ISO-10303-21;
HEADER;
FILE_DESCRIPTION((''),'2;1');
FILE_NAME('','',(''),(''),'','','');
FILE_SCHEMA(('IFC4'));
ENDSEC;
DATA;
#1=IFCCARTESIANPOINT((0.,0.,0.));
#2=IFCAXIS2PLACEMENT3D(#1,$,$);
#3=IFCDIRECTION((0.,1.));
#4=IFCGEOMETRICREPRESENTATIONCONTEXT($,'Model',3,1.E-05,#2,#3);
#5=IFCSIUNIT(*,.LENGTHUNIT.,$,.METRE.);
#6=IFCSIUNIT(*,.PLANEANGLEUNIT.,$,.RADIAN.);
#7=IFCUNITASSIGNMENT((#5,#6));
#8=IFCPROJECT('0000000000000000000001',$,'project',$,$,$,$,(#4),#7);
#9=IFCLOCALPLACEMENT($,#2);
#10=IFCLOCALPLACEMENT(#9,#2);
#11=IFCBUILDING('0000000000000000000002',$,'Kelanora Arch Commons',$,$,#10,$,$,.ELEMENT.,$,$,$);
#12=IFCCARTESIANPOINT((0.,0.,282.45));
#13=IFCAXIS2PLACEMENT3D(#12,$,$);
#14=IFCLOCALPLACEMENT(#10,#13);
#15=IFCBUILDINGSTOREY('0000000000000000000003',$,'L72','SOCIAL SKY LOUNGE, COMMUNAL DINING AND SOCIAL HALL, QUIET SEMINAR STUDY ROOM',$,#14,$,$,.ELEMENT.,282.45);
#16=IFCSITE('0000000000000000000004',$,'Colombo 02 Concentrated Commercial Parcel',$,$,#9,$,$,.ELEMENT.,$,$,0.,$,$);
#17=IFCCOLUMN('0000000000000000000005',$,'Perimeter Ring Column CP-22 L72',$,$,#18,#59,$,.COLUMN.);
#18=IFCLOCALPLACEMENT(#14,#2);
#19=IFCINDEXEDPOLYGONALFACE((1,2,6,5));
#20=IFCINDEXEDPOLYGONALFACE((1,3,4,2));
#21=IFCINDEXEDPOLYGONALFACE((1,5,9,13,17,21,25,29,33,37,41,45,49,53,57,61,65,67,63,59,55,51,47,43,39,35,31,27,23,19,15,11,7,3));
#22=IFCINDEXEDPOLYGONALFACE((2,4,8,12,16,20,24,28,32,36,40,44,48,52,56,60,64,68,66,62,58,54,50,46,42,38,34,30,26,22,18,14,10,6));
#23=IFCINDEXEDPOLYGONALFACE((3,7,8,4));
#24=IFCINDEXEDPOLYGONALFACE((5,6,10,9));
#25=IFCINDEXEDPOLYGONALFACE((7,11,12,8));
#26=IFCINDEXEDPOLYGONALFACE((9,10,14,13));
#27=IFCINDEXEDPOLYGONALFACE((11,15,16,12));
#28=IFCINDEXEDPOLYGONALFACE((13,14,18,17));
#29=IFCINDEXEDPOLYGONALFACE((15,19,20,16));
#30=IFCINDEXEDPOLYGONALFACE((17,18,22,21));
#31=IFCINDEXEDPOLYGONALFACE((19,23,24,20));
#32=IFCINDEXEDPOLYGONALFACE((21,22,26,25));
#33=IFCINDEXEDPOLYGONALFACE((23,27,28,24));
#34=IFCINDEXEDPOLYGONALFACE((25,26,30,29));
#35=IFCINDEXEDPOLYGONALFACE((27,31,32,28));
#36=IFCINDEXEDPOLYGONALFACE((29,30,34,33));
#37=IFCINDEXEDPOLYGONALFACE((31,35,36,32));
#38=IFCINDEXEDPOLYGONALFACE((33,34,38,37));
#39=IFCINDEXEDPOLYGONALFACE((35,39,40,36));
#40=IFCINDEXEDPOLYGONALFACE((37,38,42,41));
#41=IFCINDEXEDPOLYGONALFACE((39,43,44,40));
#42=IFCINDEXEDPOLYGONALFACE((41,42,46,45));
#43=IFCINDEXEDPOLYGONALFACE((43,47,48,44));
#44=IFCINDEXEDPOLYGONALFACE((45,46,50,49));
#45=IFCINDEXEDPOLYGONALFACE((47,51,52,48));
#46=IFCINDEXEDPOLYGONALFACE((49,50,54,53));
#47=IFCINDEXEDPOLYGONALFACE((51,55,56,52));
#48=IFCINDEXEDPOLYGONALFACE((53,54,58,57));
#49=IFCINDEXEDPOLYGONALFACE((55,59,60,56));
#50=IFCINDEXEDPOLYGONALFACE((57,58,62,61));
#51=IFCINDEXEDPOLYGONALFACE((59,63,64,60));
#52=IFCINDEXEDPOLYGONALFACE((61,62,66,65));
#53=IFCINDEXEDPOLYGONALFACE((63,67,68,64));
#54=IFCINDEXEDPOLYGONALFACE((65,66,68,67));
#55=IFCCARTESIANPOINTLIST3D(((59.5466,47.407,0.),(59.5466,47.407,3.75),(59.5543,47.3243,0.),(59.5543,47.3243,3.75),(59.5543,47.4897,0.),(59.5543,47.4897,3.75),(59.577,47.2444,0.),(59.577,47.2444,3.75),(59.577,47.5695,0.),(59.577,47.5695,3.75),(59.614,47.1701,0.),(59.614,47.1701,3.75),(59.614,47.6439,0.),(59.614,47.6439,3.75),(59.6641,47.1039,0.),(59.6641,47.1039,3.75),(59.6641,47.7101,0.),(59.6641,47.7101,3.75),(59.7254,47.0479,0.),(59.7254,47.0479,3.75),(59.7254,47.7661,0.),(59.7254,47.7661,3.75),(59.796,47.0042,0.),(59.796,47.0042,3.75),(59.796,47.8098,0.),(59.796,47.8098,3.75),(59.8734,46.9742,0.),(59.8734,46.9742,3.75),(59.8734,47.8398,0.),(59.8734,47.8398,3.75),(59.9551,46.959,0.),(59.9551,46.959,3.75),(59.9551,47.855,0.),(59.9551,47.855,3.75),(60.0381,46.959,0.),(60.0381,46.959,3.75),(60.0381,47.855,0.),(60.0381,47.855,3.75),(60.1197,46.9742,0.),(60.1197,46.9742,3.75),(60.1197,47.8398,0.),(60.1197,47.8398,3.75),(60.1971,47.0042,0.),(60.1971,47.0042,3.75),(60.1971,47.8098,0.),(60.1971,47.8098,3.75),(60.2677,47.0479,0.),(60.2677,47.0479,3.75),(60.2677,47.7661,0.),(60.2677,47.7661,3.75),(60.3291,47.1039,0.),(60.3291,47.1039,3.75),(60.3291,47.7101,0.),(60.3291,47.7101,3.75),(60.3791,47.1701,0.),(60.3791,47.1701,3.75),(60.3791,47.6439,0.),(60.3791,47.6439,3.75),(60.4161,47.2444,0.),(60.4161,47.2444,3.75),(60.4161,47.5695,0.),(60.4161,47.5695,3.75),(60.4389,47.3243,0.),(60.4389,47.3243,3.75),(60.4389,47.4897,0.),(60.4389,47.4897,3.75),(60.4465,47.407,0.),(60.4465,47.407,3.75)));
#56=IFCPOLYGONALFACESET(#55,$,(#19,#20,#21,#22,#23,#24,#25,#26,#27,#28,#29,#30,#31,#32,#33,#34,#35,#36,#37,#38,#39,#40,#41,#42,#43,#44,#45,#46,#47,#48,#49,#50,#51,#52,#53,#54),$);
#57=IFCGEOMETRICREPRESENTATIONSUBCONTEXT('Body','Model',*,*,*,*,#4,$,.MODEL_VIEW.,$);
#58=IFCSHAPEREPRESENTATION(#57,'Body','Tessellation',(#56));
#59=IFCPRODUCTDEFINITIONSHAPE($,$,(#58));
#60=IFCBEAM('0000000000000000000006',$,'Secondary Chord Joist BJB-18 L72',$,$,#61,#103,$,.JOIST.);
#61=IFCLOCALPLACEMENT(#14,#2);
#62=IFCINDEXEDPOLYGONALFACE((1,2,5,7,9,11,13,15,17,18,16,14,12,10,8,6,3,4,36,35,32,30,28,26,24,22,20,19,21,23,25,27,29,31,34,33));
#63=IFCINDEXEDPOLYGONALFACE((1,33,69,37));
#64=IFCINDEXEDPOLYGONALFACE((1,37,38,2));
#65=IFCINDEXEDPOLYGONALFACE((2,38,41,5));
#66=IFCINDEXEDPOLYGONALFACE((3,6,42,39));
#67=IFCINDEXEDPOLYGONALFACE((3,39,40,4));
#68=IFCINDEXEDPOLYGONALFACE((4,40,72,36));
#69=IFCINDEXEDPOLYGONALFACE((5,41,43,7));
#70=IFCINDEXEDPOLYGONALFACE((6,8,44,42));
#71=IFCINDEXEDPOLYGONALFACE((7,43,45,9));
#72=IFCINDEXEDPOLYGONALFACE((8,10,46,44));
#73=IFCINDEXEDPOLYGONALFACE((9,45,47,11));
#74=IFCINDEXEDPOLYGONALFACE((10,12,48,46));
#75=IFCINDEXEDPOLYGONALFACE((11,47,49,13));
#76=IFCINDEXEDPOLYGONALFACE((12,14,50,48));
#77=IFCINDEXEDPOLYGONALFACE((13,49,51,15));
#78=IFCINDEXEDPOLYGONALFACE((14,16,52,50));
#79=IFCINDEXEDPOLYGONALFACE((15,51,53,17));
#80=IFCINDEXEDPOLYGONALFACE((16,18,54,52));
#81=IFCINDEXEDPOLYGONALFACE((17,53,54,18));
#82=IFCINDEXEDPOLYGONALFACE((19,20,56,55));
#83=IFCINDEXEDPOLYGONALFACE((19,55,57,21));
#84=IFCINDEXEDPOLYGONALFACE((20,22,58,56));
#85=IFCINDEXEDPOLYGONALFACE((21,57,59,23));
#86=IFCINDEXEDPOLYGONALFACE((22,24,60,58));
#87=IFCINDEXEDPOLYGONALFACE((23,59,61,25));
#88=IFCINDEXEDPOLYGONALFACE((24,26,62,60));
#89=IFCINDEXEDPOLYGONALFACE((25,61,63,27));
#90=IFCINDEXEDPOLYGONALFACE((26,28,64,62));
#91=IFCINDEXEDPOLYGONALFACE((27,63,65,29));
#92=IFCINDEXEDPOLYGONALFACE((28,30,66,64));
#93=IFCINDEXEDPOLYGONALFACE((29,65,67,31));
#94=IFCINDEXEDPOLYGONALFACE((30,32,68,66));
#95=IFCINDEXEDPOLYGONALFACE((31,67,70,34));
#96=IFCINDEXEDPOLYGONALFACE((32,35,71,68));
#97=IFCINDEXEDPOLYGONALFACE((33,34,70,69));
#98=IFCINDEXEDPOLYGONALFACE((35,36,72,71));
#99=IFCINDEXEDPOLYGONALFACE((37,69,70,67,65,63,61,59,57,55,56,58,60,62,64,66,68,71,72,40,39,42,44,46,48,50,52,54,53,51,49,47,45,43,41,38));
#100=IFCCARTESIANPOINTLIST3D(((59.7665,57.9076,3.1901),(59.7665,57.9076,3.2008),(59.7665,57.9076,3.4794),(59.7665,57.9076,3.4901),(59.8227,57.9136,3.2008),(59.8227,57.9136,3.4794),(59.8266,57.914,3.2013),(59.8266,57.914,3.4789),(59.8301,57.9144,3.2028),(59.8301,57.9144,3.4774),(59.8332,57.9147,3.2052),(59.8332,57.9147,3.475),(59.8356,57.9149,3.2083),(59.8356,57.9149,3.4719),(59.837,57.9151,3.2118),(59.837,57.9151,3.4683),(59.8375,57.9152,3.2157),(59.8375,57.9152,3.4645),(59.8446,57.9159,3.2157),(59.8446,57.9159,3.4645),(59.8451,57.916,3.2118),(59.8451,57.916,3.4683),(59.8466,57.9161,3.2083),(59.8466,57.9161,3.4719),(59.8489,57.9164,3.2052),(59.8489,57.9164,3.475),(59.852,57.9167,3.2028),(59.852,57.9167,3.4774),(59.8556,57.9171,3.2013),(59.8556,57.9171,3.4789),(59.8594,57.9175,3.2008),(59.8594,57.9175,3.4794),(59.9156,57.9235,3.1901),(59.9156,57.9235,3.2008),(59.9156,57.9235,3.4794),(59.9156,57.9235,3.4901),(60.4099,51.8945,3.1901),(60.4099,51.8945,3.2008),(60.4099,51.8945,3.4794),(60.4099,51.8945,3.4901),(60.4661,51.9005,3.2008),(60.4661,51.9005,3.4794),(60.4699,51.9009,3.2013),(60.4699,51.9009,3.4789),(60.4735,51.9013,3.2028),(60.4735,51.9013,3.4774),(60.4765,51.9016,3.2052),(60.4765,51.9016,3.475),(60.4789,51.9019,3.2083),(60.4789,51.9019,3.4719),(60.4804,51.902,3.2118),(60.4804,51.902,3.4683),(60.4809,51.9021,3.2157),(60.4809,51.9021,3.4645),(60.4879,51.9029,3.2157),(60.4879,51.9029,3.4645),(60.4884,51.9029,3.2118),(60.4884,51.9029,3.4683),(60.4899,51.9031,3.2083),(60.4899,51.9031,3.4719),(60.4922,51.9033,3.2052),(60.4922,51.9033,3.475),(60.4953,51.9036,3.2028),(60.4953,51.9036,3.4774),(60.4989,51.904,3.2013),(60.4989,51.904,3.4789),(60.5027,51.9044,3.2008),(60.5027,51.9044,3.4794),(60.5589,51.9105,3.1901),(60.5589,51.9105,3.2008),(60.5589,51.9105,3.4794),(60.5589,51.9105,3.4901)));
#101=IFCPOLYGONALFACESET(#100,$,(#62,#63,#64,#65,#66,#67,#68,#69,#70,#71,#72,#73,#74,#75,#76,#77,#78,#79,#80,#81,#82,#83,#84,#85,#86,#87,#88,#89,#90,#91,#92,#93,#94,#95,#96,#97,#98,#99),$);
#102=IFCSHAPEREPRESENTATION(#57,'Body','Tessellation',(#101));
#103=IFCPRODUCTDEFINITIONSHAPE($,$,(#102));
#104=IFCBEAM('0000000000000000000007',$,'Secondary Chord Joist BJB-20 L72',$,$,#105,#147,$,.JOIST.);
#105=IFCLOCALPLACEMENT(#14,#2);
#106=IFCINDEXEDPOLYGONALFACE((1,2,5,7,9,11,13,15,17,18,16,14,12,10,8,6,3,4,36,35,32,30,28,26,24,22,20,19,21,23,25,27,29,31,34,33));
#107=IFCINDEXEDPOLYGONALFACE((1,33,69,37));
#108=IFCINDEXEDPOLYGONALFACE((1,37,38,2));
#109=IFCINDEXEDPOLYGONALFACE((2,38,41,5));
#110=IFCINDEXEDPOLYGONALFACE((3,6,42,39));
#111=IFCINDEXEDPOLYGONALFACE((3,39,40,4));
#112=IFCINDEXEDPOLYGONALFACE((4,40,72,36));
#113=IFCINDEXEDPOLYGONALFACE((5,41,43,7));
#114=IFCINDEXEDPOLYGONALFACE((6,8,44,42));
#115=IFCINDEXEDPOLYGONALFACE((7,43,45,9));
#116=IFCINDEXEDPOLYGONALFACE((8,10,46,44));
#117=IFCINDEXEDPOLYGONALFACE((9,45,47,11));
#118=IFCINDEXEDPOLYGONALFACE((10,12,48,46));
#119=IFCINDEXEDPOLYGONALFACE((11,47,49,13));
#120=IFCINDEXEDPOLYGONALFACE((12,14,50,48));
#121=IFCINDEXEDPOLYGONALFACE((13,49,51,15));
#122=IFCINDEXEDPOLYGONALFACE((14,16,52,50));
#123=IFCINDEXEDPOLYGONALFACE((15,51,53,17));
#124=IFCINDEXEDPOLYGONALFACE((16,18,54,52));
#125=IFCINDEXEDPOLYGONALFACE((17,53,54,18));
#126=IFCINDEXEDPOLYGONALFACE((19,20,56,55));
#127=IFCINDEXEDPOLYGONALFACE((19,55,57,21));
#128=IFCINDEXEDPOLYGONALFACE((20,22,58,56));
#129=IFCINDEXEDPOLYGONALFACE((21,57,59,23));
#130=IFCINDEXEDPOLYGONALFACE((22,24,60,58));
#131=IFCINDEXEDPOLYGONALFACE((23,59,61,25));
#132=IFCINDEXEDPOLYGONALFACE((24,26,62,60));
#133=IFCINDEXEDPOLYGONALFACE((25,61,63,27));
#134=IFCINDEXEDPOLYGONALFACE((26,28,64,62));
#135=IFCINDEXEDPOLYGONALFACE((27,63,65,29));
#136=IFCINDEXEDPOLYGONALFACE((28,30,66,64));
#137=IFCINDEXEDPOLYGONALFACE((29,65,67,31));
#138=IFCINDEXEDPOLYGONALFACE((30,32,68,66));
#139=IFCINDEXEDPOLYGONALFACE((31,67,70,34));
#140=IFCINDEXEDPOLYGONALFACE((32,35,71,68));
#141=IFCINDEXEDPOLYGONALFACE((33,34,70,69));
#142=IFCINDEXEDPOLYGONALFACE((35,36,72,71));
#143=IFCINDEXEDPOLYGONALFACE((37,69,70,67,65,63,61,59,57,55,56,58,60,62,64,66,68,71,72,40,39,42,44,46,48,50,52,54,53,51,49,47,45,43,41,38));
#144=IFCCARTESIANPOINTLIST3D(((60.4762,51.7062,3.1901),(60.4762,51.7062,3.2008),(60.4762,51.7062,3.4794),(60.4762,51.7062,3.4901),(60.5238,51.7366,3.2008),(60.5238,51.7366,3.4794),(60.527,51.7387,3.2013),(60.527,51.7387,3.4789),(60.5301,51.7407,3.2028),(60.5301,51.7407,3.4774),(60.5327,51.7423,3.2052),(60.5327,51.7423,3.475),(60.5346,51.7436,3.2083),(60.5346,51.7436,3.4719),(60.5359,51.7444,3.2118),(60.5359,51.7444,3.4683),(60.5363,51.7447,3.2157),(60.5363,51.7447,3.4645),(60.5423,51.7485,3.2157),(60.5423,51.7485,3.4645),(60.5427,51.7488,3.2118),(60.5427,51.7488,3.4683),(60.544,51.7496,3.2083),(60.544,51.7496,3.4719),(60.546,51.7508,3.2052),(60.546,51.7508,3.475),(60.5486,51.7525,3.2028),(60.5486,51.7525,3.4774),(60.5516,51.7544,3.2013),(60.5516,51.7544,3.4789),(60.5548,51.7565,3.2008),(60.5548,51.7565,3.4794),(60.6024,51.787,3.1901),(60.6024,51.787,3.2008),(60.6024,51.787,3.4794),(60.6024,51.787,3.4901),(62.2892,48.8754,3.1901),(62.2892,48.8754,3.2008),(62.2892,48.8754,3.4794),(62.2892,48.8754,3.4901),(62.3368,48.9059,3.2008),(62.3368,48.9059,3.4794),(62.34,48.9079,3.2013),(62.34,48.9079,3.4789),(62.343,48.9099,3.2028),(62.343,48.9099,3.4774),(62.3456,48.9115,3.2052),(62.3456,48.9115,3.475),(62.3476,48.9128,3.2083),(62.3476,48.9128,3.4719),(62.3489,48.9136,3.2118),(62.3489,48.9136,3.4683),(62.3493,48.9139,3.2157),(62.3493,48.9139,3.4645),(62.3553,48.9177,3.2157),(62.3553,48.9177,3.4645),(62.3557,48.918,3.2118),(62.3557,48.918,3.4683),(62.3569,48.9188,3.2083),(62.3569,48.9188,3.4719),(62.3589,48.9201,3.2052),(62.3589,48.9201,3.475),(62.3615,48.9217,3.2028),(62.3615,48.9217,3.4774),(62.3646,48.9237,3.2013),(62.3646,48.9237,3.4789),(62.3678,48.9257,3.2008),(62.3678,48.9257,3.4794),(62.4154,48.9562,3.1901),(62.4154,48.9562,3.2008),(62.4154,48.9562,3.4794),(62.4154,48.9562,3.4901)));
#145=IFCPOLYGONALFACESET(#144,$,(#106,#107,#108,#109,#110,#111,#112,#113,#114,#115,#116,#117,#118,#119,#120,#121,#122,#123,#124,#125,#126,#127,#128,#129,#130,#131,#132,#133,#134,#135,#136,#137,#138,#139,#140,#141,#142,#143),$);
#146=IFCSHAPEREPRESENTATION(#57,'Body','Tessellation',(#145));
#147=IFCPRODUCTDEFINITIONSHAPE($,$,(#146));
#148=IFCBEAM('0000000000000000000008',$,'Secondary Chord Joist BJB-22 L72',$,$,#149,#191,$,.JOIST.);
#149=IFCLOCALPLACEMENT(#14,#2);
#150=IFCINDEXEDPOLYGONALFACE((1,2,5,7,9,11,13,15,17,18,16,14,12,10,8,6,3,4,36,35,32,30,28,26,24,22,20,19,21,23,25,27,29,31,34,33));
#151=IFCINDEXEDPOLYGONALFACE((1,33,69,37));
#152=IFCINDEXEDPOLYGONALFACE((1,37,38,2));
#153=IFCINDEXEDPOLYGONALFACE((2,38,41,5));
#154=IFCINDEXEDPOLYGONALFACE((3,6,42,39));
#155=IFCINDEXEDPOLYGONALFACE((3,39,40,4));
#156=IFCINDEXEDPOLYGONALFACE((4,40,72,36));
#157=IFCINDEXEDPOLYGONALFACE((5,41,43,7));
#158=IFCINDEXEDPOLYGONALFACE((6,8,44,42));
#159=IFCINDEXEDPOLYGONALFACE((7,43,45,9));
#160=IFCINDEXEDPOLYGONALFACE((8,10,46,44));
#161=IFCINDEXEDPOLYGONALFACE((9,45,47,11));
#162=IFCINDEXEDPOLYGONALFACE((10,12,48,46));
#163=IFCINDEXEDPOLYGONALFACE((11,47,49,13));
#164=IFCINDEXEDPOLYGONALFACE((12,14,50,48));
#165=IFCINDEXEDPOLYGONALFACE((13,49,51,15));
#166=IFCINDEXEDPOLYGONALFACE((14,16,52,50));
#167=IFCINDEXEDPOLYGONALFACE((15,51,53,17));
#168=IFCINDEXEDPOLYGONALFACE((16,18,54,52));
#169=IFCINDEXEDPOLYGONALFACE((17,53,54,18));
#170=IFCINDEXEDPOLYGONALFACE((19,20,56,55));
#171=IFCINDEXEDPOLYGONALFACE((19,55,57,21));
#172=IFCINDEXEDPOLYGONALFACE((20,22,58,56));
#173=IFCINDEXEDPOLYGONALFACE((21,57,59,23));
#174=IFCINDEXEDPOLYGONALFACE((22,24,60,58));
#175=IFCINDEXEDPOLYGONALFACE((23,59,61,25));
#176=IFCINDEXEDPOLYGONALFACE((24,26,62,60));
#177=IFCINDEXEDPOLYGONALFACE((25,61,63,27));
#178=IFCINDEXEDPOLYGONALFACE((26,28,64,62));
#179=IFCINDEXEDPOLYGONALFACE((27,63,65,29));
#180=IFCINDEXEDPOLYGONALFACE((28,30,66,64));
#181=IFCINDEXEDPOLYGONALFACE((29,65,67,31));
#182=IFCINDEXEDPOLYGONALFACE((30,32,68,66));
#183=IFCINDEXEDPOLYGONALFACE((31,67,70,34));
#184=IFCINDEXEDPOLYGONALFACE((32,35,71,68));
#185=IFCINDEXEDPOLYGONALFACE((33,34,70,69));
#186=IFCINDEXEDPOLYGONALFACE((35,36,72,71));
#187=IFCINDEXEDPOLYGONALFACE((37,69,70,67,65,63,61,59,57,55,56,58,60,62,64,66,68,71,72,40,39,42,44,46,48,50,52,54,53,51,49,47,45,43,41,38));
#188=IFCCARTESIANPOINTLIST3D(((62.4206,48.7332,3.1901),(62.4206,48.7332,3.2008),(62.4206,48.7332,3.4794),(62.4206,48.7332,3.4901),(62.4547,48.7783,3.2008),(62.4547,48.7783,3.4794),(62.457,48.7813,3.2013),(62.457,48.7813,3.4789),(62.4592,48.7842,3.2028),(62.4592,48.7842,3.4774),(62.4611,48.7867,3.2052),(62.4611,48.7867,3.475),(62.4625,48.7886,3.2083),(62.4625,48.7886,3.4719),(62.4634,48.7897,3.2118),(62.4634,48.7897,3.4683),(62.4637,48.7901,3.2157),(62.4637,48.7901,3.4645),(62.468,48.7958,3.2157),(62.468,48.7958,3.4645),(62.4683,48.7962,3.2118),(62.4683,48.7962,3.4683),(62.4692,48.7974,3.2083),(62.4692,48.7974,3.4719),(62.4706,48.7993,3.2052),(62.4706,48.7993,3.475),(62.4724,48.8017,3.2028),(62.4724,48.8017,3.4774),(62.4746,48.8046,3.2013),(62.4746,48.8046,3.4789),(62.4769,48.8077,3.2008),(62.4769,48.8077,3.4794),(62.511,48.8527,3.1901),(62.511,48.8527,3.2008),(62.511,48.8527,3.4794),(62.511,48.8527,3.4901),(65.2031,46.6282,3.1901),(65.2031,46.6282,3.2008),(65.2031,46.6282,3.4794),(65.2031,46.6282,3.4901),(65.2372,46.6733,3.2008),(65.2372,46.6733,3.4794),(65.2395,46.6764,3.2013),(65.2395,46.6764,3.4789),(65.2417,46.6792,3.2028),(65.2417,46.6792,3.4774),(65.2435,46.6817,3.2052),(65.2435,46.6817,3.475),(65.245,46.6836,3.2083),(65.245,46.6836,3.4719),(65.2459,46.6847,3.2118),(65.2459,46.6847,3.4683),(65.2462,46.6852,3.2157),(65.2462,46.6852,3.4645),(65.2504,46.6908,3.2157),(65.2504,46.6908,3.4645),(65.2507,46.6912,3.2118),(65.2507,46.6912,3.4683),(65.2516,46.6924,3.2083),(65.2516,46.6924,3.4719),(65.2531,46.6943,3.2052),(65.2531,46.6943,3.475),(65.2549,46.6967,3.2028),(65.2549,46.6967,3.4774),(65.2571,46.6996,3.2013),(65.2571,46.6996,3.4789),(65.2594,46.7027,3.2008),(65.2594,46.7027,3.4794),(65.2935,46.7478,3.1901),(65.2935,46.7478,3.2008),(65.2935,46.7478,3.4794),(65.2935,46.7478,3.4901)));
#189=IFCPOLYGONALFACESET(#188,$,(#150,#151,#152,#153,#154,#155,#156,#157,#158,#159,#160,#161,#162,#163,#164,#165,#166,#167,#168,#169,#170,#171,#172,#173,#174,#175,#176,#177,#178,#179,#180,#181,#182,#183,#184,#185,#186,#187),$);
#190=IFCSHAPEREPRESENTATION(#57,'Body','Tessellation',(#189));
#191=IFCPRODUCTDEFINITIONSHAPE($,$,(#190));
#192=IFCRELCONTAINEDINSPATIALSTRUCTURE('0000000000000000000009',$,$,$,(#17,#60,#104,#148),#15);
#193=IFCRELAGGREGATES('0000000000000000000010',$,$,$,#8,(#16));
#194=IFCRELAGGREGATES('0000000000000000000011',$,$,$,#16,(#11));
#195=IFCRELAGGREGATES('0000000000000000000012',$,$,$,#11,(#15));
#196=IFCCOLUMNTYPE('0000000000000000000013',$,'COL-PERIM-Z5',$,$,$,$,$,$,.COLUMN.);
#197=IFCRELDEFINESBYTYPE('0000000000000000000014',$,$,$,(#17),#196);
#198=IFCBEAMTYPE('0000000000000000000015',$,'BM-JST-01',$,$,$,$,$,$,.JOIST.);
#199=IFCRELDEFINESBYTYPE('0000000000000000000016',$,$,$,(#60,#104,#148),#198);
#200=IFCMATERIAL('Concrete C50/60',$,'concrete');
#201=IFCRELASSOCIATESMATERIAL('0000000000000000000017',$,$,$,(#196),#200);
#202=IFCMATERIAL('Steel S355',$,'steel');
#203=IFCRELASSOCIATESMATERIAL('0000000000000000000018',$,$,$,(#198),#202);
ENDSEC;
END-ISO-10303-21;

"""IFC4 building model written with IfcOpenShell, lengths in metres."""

from ifc_helpers import new_model, si_unit, direction, frame, origin, origin_2d, place, context, subcontext, project, spatial, circle, i_section, extrude, material, material_profile, profile_set, type_object, element, save


model = new_model("IFC4")

# Units and contexts
model_context = context("Model", 3, precision=1e-05, world=origin(), true_north=direction((0.0, 1.0)))
body_context = subcontext(model_context, "Body", "Model", "MODEL_VIEW")
ifc_project = project(units=[si_unit("LENGTHUNIT", "METRE"), si_unit("PLANEANGLEUNIT", "RADIAN")], contexts=[model_context])

# Site, building, storey
site_placement = place(None, origin())
site = spatial("IfcSite", under=ifc_project, at=site_placement, Name="Colombo 02 Concentrated Commercial Parcel", CompositionType="ELEMENT", RefElevation=0.0)
building_placement = place(site_placement, origin())
building = spatial("IfcBuilding", under=site, at=building_placement, Name="Kelanora Arch Commons", CompositionType="ELEMENT")
storey_placement = place(building_placement, frame((0.0, 0.0, 282.45)))
storey = spatial("IfcBuildingStorey", under=building, at=storey_placement, Name="L72", Description="SOCIAL SKY LOUNGE, COMMUNAL DINING AND SOCIAL HALL, QUIET SEMINAR STUDY ROOM", CompositionType="ELEMENT", Elevation=282.45)

# Column
ifc_material_1 = material(Name="Concrete C50/60", Category="concrete")
ifc_material_profile_1 = material_profile(ifc_material_1, circle(Radius=0.45, at=origin_2d()), Name="RCC900")
ifc_profile_set_1 = profile_set([ifc_material_profile_1], Name="Concrete C50/60")
column_type = type_object("IfcColumnType", Name="COL-PERIM-Z5", PredefinedType="COLUMN", material=ifc_profile_set_1)
column_placement = place(storey_placement, frame((59.9966, 47.407, 0.0), z_axis=(0.0, 0.0, 1.0), x_axis=(1.0, 0.0, 0.0)))
element("IfcColumn", 1, at=column_placement, inside=storey, type_object=column_type, Name="Perimeter Ring Column CP-22 L72", PredefinedType="COLUMN", context=body_context, shape_type="SweptSolid", body=[
    extrude(circle(Radius=0.45, at=origin_2d()), origin(), (0.0, 0.0, 1.0), 3.75),
])

# Beams
ifc_material_2 = material(Name="Steel S355", Category="steel")
ifc_material_profile_2 = material_profile(ifc_material_2, i_section(OverallWidth=0.1499, OverallDepth=0.3, WebThickness=0.0071, FlangeThickness=0.0107, FilletRadius=0.0149, at=origin_2d()), Name="IPE300")
ifc_profile_set_2 = profile_set([ifc_material_profile_2], Name="Steel S355")
beam_type_1 = type_object("IfcBeamType", Name="BM-JST-01", PredefinedType="JOIST", material=ifc_profile_set_2)
beam_1_placement = place(storey_placement, frame((59.8411, 57.9155, 3.3401), z_axis=(0.106381, -0.994325, 0.0), x_axis=(0.994325, 0.106381, 0.0)))
element("IfcBeam", 2, at=beam_1_placement, inside=storey, type_object=beam_type_1, Name="Secondary Chord Joist BJB-18 L72", PredefinedType="JOIST", context=body_context, shape_type="SweptSolid", body=[
    extrude(i_section(OverallWidth=0.1499, OverallDepth=0.3, WebThickness=0.0071, FlangeThickness=0.0107, FilletRadius=0.0149, at=origin_2d()), origin(), (0.0, 0.0, 1.0), 6.0474),
])
beam_2_placement = place(storey_placement, frame((60.5393, 51.7466, 3.3401), z_axis=(0.539322, -0.8421, 0.0), x_axis=(0.8421, 0.539322, 0.0)))
element("IfcBeam", 3, at=beam_2_placement, inside=storey, type_object=beam_type_1, Name="Secondary Chord Joist BJB-20 L72", PredefinedType="JOIST", context=body_context, shape_type="SweptSolid", body=[
    extrude(i_section(OverallWidth=0.1499, OverallDepth=0.3, WebThickness=0.0071, FlangeThickness=0.0107, FilletRadius=0.0149, at=origin_2d()), origin(), (0.0, 0.0, 1.0), 3.3616),
])
beam_3_placement = place(storey_placement, frame((62.4658, 48.793, 3.3401), z_axis=(0.797499, -0.60332, 0.0), x_axis=(0.60332, 0.797499, 0.0)))
element("IfcBeam", 4, at=beam_3_placement, inside=storey, type_object=beam_type_1, Name="Secondary Chord Joist BJB-22 L72", PredefinedType="JOIST", context=body_context, shape_type="SweptSolid", body=[
    extrude(i_section(OverallWidth=0.1499, OverallDepth=0.3, WebThickness=0.0071, FlangeThickness=0.0107, FilletRadius=0.0149, at=origin_2d()), origin(), (0.0, 0.0, 1.0), 3.489),
])

save(model, "model.ifc")
